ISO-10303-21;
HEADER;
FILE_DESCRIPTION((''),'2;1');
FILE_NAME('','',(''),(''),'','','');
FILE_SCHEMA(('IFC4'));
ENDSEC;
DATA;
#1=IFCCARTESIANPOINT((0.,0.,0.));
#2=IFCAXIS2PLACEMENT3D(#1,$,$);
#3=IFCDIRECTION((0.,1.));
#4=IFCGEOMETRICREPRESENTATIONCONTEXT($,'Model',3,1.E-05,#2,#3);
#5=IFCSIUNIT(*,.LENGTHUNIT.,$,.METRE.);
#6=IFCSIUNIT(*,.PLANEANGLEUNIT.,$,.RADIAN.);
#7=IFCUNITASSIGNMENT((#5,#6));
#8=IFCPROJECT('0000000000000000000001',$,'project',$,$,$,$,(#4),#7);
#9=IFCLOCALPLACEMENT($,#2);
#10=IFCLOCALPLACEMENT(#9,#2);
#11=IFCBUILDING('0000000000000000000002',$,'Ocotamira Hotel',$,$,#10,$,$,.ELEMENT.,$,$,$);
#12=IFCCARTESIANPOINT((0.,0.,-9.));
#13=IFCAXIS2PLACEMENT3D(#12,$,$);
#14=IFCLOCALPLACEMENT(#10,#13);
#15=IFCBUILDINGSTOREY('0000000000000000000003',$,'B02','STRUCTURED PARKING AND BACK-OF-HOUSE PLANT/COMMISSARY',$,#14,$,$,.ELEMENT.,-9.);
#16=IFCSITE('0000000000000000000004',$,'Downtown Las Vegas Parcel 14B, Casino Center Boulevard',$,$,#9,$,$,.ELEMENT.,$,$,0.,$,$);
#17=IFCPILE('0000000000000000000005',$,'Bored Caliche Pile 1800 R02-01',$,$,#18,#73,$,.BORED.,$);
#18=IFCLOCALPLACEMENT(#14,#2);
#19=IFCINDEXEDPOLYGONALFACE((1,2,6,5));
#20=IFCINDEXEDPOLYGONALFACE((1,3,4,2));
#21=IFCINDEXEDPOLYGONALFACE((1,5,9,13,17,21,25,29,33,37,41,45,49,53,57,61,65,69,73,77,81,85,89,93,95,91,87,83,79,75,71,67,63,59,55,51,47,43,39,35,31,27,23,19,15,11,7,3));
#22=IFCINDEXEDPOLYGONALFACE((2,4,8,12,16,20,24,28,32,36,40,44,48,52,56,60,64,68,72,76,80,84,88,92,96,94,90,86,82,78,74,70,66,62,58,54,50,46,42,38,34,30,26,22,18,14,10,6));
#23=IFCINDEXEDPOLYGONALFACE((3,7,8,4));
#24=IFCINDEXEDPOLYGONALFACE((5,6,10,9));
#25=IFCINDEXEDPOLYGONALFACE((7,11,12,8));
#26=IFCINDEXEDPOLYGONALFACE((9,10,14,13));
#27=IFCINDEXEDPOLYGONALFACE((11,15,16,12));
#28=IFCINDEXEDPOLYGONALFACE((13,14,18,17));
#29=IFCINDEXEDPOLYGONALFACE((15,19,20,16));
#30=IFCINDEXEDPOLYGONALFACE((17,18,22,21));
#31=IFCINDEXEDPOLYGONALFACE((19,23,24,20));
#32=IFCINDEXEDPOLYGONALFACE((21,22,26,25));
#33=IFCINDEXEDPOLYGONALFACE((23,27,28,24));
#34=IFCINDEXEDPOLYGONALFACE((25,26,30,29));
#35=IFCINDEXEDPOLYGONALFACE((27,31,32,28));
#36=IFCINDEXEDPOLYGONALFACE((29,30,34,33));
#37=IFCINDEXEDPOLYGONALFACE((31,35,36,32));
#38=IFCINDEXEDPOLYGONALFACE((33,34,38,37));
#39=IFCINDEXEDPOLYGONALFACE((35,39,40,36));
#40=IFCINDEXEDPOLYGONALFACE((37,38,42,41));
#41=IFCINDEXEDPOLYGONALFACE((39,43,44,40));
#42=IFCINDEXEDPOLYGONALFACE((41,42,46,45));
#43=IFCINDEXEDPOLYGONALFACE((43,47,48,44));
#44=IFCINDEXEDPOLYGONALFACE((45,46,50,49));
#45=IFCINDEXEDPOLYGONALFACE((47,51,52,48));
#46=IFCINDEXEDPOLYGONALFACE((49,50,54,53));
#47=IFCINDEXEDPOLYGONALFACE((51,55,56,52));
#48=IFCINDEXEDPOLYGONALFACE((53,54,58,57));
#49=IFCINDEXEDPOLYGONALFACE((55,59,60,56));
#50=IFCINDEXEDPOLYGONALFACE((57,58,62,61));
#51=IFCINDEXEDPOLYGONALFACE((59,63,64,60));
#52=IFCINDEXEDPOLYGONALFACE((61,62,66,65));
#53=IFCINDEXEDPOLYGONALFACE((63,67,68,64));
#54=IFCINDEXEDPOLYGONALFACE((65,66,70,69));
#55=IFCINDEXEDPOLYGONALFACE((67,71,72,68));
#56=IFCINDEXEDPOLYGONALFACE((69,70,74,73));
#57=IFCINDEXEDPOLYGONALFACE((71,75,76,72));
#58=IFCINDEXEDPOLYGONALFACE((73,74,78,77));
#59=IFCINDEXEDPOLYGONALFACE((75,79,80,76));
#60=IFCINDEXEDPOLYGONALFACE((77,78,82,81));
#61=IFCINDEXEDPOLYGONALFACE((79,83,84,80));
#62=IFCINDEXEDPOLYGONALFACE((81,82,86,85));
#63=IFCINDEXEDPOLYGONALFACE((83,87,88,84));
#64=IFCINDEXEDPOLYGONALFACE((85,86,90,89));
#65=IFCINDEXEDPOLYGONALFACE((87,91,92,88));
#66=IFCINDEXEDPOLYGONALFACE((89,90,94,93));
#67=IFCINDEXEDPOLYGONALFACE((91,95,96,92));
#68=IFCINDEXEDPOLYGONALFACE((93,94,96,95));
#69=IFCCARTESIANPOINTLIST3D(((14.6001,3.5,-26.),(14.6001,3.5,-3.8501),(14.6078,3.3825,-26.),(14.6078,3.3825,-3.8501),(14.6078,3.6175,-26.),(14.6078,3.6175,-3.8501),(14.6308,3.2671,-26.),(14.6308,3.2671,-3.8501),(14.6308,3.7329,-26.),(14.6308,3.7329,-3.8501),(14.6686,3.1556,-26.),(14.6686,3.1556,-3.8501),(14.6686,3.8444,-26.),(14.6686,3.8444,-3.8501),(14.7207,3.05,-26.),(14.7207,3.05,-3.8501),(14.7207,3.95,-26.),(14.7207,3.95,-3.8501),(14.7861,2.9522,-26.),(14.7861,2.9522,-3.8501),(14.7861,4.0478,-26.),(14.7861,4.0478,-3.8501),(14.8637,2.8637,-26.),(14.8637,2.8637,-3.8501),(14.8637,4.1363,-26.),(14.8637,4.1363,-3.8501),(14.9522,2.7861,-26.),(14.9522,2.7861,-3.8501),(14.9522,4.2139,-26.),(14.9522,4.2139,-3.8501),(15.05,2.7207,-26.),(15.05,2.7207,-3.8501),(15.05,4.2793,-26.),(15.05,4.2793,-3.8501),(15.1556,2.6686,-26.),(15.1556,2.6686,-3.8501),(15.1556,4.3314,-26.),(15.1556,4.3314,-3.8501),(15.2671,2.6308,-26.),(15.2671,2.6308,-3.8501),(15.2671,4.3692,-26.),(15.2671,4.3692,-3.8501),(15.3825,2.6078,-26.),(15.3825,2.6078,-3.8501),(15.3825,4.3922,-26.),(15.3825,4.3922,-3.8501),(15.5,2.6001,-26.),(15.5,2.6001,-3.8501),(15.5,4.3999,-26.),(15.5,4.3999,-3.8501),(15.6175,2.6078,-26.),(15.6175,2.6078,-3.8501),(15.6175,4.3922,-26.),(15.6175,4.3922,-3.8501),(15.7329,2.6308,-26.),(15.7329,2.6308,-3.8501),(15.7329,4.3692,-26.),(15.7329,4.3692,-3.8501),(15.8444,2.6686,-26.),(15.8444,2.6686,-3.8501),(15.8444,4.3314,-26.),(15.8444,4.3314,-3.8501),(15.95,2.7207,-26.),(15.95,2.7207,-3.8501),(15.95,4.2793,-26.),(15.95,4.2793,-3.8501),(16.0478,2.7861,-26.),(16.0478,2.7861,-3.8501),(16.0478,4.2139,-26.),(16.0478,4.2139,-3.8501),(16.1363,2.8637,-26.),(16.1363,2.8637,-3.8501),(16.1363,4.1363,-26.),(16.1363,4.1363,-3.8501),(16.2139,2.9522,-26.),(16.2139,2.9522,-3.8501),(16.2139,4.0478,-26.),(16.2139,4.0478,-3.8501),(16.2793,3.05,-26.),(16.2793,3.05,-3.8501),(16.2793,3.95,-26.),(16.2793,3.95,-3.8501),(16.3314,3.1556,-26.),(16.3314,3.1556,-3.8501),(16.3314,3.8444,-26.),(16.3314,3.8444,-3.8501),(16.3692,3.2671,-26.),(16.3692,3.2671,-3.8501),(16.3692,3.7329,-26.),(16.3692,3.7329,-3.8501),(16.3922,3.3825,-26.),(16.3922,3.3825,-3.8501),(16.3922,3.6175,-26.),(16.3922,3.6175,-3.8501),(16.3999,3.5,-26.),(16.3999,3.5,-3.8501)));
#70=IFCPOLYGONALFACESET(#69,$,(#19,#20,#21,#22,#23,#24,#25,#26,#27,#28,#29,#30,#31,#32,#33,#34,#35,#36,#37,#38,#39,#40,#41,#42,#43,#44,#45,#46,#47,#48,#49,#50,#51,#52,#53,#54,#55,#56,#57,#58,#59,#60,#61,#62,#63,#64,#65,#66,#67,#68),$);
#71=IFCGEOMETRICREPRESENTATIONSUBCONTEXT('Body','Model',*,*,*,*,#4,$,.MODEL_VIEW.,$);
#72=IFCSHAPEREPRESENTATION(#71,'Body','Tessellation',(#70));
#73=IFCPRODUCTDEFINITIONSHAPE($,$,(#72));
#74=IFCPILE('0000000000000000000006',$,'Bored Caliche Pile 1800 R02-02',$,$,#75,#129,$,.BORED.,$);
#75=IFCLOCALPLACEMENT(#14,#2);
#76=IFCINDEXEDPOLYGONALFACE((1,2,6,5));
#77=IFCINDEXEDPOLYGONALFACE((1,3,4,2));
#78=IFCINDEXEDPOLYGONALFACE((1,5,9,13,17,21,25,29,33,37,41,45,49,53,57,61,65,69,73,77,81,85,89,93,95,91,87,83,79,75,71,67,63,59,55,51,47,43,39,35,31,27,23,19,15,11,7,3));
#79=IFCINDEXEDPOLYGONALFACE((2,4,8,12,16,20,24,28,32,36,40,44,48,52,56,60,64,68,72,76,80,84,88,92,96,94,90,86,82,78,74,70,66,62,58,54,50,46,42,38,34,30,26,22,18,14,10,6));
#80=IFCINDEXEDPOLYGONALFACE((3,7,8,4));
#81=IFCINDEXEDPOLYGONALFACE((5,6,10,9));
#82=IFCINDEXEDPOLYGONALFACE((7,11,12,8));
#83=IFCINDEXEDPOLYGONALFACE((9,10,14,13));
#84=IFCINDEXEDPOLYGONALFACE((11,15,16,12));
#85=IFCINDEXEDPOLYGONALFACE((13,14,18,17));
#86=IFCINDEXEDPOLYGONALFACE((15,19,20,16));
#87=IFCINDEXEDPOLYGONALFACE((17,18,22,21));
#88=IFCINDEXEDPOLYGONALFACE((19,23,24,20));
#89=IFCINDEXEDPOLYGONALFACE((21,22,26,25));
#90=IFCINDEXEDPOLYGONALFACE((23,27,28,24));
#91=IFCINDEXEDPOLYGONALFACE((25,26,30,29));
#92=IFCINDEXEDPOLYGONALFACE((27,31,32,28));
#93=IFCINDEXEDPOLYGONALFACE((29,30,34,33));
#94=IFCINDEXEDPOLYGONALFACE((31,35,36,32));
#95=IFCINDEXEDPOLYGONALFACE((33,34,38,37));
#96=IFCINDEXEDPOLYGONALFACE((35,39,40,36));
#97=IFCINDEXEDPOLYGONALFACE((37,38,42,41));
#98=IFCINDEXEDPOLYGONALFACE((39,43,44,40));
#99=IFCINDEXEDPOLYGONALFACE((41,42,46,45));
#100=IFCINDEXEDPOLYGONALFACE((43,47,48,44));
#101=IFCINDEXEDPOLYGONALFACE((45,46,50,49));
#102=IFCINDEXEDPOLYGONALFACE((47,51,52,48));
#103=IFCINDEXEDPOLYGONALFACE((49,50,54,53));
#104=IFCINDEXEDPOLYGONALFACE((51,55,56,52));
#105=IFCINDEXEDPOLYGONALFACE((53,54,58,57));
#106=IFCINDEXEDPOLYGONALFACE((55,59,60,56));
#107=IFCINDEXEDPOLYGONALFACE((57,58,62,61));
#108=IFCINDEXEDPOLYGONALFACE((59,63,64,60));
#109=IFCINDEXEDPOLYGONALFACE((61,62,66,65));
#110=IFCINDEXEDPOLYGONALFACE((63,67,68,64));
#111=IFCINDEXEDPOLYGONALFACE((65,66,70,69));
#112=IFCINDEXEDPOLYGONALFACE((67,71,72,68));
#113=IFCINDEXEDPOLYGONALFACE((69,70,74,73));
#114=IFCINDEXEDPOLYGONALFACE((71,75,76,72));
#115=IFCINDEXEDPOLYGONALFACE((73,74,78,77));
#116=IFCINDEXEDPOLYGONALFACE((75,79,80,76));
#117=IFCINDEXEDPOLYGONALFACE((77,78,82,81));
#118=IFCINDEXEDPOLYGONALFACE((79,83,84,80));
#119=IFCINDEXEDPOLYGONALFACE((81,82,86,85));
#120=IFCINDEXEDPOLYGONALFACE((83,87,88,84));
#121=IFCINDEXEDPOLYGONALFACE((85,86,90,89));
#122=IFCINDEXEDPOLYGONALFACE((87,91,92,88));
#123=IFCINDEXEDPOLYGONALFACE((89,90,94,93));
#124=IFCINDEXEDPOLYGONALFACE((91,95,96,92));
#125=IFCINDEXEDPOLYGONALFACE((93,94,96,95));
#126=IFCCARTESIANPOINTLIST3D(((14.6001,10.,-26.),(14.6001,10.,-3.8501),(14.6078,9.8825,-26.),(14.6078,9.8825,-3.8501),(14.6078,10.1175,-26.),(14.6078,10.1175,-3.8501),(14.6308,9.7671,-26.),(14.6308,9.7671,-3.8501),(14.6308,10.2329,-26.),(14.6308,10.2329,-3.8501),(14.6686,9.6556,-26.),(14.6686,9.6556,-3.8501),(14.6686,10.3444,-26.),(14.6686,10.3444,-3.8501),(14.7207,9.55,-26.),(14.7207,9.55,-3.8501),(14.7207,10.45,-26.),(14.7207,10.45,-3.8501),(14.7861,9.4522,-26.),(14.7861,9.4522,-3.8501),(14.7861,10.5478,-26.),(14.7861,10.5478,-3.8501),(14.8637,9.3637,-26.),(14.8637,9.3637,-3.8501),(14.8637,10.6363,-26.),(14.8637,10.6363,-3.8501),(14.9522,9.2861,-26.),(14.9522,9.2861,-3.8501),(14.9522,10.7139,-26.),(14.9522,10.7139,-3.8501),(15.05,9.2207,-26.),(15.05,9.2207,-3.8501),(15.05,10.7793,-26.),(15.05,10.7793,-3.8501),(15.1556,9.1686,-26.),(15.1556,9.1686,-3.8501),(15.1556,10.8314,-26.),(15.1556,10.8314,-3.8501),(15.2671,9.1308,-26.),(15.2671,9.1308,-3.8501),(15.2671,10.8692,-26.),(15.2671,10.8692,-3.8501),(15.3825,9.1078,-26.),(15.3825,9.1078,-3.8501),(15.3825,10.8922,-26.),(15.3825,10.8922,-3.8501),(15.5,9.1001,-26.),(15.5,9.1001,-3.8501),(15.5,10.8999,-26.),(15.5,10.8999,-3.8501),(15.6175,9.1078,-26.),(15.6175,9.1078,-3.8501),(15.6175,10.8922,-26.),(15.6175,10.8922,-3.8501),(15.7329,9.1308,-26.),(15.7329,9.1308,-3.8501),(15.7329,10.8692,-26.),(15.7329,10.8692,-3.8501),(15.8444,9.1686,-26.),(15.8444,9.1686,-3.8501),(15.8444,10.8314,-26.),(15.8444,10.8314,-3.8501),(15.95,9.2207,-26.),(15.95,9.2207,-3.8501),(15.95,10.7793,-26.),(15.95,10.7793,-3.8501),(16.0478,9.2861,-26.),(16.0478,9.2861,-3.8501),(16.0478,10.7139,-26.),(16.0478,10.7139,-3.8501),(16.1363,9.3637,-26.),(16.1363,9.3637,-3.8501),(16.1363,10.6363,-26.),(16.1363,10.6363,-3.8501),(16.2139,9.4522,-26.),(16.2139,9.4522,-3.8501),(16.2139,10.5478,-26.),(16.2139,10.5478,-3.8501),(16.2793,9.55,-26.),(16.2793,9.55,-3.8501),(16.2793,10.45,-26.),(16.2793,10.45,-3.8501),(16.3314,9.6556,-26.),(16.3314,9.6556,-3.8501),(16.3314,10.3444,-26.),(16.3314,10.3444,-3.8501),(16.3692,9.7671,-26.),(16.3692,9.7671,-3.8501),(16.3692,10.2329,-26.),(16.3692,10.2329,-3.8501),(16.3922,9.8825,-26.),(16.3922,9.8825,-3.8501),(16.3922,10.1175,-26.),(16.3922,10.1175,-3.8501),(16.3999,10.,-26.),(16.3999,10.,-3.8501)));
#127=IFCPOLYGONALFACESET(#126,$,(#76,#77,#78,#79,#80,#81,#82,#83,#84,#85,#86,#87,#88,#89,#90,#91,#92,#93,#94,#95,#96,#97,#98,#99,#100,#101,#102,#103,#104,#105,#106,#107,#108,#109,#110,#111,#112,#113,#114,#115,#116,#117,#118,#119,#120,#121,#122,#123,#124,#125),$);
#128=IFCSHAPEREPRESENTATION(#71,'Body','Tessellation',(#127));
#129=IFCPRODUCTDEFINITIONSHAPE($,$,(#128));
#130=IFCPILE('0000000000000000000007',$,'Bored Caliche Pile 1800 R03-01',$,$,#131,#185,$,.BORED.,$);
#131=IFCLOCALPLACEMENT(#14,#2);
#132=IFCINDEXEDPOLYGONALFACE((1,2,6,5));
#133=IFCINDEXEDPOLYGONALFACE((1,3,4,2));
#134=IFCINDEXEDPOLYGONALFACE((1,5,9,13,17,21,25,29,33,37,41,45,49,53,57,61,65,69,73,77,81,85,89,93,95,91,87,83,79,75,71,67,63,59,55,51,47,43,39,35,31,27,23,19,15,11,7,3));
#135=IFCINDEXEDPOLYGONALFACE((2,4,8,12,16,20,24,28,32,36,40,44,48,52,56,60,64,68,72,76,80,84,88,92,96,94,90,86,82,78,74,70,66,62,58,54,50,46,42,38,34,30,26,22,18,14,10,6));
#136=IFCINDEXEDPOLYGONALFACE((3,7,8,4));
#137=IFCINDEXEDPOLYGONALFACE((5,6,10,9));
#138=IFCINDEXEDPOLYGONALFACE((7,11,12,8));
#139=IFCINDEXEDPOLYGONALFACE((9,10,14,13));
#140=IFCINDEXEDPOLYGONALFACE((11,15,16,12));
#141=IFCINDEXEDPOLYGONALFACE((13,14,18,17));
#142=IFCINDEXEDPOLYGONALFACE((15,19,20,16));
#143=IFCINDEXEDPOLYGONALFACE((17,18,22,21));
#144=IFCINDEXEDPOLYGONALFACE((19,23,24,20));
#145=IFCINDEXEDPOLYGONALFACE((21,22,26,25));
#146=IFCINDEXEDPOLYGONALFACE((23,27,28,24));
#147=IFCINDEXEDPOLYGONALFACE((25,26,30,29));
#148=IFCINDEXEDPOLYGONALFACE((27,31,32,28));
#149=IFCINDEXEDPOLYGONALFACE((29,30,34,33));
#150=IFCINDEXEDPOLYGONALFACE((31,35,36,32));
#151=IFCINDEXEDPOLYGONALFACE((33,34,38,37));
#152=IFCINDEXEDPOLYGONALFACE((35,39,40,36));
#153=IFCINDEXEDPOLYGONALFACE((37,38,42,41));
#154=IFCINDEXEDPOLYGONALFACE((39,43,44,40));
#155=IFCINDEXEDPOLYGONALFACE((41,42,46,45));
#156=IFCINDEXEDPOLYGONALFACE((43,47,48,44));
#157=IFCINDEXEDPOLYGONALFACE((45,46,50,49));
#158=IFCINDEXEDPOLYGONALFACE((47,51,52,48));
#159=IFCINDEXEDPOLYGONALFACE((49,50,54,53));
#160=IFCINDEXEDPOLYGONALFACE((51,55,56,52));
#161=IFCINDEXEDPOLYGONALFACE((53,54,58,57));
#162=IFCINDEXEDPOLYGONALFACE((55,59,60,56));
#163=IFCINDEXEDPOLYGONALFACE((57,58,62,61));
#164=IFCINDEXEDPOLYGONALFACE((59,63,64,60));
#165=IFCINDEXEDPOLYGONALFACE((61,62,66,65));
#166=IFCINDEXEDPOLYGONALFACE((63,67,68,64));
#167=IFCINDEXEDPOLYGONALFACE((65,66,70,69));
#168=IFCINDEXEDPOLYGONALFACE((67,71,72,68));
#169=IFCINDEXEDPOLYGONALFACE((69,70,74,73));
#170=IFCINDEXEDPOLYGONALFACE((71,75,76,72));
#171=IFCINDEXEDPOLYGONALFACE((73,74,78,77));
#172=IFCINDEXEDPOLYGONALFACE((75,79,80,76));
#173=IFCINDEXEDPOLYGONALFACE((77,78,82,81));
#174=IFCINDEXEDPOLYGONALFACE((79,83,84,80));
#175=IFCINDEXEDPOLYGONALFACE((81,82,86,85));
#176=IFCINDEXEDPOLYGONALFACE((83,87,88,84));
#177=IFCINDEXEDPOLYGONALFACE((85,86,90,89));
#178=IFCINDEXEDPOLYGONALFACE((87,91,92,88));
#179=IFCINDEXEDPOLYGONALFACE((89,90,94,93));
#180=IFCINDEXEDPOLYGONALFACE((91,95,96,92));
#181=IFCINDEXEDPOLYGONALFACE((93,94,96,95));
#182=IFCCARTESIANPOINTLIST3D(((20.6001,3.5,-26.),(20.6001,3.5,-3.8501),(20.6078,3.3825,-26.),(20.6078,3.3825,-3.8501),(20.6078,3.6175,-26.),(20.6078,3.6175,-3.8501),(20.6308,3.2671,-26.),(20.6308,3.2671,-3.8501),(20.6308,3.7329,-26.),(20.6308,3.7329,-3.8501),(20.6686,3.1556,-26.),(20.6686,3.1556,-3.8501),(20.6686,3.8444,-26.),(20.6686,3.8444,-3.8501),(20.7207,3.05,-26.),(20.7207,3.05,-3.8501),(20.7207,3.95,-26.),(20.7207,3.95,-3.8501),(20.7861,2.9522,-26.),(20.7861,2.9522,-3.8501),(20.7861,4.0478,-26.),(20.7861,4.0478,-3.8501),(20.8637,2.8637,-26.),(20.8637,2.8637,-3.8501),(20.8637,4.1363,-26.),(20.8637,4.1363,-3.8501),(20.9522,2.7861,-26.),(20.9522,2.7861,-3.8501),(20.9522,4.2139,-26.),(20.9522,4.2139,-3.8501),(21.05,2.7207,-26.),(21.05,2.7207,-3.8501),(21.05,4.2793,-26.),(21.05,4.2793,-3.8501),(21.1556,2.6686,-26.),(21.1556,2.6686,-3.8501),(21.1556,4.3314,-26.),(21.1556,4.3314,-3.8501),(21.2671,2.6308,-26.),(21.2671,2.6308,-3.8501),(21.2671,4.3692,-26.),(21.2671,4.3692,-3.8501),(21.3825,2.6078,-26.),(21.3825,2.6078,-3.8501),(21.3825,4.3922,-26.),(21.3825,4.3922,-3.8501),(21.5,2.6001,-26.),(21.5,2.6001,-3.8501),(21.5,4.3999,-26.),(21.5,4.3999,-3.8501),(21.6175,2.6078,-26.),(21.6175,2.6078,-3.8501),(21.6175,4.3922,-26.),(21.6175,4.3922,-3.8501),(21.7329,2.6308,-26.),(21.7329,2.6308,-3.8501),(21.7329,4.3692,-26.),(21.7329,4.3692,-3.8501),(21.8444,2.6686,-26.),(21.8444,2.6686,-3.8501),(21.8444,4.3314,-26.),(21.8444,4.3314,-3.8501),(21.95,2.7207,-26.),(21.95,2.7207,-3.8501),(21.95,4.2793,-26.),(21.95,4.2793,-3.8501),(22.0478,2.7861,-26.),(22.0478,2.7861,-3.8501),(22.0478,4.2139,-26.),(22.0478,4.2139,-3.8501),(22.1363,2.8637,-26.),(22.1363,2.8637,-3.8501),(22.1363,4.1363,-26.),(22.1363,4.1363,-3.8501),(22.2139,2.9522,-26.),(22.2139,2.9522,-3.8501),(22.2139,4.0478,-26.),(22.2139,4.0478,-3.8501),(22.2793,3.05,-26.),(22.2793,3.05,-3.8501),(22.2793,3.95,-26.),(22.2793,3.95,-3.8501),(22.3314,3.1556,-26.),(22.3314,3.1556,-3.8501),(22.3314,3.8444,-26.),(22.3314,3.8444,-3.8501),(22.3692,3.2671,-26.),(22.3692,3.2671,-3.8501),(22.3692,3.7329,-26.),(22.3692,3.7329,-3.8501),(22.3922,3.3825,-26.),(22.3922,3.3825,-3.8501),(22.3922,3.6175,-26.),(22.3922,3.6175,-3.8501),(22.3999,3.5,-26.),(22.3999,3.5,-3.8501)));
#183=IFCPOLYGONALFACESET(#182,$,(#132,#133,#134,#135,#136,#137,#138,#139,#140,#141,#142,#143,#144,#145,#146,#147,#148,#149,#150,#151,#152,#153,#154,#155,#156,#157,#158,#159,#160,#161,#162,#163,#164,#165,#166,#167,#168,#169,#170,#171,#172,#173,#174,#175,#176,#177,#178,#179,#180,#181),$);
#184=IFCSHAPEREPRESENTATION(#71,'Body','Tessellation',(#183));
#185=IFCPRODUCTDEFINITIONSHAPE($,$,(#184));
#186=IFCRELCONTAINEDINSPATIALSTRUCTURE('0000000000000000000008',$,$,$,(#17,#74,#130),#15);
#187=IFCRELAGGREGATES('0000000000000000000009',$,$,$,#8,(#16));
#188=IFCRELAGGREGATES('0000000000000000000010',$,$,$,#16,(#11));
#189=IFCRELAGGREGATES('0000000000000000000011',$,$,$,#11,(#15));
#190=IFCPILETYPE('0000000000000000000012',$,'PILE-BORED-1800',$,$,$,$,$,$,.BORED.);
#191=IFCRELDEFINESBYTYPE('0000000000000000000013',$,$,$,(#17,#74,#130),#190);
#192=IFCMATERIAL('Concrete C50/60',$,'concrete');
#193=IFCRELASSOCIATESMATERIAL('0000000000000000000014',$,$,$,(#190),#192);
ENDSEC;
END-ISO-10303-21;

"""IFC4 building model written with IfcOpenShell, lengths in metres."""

from ifc_helpers import new_model, si_unit, direction, frame, origin, origin_2d, place, context, subcontext, project, spatial, circle, extrude, source, transform, mapped, material, material_profile, profile_set, type_object, element, save


model = new_model("IFC4")

# Units and contexts
model_context = context("Model", 3, precision=1e-05, world=origin(), true_north=direction((0.0, 1.0)))
body_context = subcontext(model_context, "Body", "Model", "MODEL_VIEW")
ifc_project = project(units=[si_unit("LENGTHUNIT", "METRE"), si_unit("PLANEANGLEUNIT", "RADIAN")], contexts=[model_context])

# Site, building, storey
site_placement = place(None, origin())
site = spatial("IfcSite", under=ifc_project, at=site_placement, Name="Downtown Las Vegas Parcel 14B, Casino Center Boulevard", CompositionType="ELEMENT", RefElevation=0.0)
building_placement = place(site_placement, origin())
building = spatial("IfcBuilding", under=site, at=building_placement, Name="Ocotamira Hotel", CompositionType="ELEMENT")
storey_placement = place(building_placement, frame((0.0, 0.0, -9.0)))
storey = spatial("IfcBuildingStorey", under=building, at=storey_placement, Name="B02", Description="STRUCTURED PARKING AND BACK-OF-HOUSE PLANT/COMMISSARY", CompositionType="ELEMENT", Elevation=-9.0)

# Piles
ifc_material_1 = material(Name="Concrete C50/60", Category="concrete")
ifc_material_profile_1 = material_profile(ifc_material_1, circle(Radius=0.8999, at=origin_2d()), Name="PILE1800")
ifc_profile_set_1 = profile_set([ifc_material_profile_1], Name="Concrete C50/60")
pile_type_1 = type_object("IfcPileType", Name="PILE-BORED-1800", PredefinedType="BORED", material=ifc_profile_set_1)
shared_shape_1 = source(origin(), body_context, "Body", "SweptSolid", [
    extrude(circle(Radius=0.8999, at=origin_2d()), origin(), (0.0, 0.0, 1.0), 22.1499),
])
for number, where, z_axis, x_axis, name in (
    (1, (15.5, 3.5, -3.8501), (0.0, 0.0, -1.0), (1.0, 0.0, 0.0), "Bored Caliche Pile 1800 R02-01"),
    (2, (15.5, 10.0, -3.8501), (0.0, 0.0, -1.0), (1.0, 0.0, 0.0), "Bored Caliche Pile 1800 R02-02"),
    (3, (21.5, 3.5, -3.8501), (0.0, 0.0, -1.0), (1.0, 0.0, 0.0), "Bored Caliche Pile 1800 R03-01"),
):
    element("IfcPile", number, at=place(storey_placement, frame(where, z_axis=z_axis, x_axis=x_axis)), inside=storey, type_object=pile_type_1, Name=name, PredefinedType="BORED", context=body_context, shape_type="MappedRepresentation", body=[
        mapped(shared_shape_1, transform((0.0, 0.0, 0.0), scale=1.0)),
    ])

save(model, "model.ifc")
